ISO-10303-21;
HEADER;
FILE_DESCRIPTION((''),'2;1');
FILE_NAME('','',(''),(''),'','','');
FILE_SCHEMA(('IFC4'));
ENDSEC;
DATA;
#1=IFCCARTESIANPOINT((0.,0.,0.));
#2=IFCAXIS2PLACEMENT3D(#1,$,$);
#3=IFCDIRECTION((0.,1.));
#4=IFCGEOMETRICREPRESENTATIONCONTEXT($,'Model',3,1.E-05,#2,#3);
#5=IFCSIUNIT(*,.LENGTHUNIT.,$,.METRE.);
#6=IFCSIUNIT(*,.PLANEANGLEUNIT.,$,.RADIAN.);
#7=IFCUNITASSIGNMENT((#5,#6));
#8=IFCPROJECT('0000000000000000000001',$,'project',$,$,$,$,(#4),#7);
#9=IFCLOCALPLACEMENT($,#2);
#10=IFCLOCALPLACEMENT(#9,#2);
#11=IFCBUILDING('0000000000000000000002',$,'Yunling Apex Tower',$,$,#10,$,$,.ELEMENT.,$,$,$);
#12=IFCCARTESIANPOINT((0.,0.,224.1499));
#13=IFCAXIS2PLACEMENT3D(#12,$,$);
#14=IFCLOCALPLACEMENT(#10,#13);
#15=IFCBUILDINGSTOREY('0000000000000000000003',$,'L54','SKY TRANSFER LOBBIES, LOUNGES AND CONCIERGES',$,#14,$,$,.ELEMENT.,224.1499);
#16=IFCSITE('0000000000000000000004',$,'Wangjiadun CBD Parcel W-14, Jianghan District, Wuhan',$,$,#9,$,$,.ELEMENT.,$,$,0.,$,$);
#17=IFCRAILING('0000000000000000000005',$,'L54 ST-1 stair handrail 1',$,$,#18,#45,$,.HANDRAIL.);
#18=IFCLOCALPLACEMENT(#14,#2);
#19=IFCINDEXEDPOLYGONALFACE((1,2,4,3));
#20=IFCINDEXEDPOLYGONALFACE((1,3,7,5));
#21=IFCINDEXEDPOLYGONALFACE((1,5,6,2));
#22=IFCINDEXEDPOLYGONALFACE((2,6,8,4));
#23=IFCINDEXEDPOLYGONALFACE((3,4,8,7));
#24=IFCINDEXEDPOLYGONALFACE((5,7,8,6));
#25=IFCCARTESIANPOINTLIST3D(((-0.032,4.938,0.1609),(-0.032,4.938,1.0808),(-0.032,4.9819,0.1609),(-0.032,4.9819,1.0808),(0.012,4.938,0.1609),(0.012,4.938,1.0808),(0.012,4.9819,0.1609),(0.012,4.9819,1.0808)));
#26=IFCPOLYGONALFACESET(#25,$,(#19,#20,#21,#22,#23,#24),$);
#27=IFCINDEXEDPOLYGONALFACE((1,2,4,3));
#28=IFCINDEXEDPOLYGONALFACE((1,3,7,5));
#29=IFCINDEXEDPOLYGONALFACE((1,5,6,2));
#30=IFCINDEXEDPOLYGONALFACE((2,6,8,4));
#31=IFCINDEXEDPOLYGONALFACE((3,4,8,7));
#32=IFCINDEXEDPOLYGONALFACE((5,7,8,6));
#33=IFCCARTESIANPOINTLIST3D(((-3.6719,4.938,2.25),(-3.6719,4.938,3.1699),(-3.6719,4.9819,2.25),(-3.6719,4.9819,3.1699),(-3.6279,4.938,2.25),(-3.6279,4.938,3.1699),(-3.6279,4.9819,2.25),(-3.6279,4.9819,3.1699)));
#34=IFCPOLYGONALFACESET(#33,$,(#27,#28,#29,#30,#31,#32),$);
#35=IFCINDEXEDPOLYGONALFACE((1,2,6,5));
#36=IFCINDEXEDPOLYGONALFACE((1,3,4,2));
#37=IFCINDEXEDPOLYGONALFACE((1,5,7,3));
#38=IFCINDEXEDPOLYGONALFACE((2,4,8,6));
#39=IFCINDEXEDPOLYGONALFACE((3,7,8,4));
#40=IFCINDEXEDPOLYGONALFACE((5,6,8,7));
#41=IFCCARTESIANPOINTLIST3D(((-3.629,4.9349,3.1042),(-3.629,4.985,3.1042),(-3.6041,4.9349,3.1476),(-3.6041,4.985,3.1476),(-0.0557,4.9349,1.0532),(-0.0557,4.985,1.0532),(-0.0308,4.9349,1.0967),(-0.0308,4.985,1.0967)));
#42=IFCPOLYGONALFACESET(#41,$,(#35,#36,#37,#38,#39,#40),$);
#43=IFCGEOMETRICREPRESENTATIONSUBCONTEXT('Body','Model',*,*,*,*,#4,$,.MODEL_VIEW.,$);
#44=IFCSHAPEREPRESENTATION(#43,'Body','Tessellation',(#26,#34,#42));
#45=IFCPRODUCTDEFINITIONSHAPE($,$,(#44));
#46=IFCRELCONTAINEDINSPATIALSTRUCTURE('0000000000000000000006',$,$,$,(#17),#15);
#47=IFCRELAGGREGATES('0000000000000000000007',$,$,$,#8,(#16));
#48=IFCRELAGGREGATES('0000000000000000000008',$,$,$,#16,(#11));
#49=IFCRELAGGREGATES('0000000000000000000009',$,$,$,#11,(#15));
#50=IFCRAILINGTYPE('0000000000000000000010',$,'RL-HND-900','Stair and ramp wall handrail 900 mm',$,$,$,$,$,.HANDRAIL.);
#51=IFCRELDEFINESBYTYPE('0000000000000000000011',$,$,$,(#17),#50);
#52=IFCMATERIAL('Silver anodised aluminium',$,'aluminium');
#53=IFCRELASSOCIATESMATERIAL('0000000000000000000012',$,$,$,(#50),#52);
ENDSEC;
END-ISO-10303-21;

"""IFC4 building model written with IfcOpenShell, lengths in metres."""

from ifc_helpers import new_model, si_unit, direction, frame, origin, origin_2d, place, context, subcontext, project, spatial, rectangle, extrude, material, type_object, element, save


model = new_model("IFC4")

# Units and contexts
model_context = context("Model", 3, precision=1e-05, world=origin(), true_north=direction((0.0, 1.0)))
body_context = subcontext(model_context, "Body", "Model", "MODEL_VIEW")
ifc_project = project(units=[si_unit("LENGTHUNIT", "METRE"), si_unit("PLANEANGLEUNIT", "RADIAN")], contexts=[model_context])

# Site, building, storey
site_placement = place(None, origin())
site = spatial("IfcSite", under=ifc_project, at=site_placement, Name="Wangjiadun CBD Parcel W-14, Jianghan District, Wuhan", CompositionType="ELEMENT", RefElevation=0.0)
building_placement = place(site_placement, origin())
building = spatial("IfcBuilding", under=site, at=building_placement, Name="Yunling Apex Tower", CompositionType="ELEMENT")
storey_placement = place(building_placement, frame((0.0, 0.0, 224.1499)))
storey = spatial("IfcBuildingStorey", under=building, at=storey_placement, Name="L54", Description="SKY TRANSFER LOBBIES, LOUNGES AND CONCIERGES", CompositionType="ELEMENT", Elevation=224.1499)

# Railing
ifc_material_1 = material(Name="Silver anodised aluminium", Category="aluminium")
railing_type_1 = type_object("IfcRailingType", Name="RL-HND-900", Description="Stair and ramp wall handrail 900 mm", PredefinedType="HANDRAIL", material=ifc_material_1)
railing_1_placement = place(storey_placement, frame((-0.01, 4.96, 0.1609)))
element("IfcRailing", 1, at=railing_1_placement, inside=storey, type_object=railing_type_1, Name="L54 ST-1 stair handrail 1", PredefinedType="HANDRAIL", context=body_context, shape_type="SweptSolid", body=[
    extrude(rectangle(XDim=0.0439, YDim=0.0439, at=origin_2d()), origin(), (0.0, 0.0, 1.0), 0.9199),
    extrude(rectangle(XDim=0.0439, YDim=0.0439, at=origin_2d()), frame((-3.6399, 0.0, 2.0891)), (0.0, 0.0, 1.0), 0.9199),
    extrude(rectangle(XDim=0.05, YDim=0.05, at=origin_2d()), frame((-0.0332, 0.0, 0.9141), z_axis=(-0.8673, 0.0, 0.497786), x_axis=(0.0, -1.0, 0.0)), (0.0, 0.0, 1.0), 4.1201),
])

save(model, "model.ifc")
